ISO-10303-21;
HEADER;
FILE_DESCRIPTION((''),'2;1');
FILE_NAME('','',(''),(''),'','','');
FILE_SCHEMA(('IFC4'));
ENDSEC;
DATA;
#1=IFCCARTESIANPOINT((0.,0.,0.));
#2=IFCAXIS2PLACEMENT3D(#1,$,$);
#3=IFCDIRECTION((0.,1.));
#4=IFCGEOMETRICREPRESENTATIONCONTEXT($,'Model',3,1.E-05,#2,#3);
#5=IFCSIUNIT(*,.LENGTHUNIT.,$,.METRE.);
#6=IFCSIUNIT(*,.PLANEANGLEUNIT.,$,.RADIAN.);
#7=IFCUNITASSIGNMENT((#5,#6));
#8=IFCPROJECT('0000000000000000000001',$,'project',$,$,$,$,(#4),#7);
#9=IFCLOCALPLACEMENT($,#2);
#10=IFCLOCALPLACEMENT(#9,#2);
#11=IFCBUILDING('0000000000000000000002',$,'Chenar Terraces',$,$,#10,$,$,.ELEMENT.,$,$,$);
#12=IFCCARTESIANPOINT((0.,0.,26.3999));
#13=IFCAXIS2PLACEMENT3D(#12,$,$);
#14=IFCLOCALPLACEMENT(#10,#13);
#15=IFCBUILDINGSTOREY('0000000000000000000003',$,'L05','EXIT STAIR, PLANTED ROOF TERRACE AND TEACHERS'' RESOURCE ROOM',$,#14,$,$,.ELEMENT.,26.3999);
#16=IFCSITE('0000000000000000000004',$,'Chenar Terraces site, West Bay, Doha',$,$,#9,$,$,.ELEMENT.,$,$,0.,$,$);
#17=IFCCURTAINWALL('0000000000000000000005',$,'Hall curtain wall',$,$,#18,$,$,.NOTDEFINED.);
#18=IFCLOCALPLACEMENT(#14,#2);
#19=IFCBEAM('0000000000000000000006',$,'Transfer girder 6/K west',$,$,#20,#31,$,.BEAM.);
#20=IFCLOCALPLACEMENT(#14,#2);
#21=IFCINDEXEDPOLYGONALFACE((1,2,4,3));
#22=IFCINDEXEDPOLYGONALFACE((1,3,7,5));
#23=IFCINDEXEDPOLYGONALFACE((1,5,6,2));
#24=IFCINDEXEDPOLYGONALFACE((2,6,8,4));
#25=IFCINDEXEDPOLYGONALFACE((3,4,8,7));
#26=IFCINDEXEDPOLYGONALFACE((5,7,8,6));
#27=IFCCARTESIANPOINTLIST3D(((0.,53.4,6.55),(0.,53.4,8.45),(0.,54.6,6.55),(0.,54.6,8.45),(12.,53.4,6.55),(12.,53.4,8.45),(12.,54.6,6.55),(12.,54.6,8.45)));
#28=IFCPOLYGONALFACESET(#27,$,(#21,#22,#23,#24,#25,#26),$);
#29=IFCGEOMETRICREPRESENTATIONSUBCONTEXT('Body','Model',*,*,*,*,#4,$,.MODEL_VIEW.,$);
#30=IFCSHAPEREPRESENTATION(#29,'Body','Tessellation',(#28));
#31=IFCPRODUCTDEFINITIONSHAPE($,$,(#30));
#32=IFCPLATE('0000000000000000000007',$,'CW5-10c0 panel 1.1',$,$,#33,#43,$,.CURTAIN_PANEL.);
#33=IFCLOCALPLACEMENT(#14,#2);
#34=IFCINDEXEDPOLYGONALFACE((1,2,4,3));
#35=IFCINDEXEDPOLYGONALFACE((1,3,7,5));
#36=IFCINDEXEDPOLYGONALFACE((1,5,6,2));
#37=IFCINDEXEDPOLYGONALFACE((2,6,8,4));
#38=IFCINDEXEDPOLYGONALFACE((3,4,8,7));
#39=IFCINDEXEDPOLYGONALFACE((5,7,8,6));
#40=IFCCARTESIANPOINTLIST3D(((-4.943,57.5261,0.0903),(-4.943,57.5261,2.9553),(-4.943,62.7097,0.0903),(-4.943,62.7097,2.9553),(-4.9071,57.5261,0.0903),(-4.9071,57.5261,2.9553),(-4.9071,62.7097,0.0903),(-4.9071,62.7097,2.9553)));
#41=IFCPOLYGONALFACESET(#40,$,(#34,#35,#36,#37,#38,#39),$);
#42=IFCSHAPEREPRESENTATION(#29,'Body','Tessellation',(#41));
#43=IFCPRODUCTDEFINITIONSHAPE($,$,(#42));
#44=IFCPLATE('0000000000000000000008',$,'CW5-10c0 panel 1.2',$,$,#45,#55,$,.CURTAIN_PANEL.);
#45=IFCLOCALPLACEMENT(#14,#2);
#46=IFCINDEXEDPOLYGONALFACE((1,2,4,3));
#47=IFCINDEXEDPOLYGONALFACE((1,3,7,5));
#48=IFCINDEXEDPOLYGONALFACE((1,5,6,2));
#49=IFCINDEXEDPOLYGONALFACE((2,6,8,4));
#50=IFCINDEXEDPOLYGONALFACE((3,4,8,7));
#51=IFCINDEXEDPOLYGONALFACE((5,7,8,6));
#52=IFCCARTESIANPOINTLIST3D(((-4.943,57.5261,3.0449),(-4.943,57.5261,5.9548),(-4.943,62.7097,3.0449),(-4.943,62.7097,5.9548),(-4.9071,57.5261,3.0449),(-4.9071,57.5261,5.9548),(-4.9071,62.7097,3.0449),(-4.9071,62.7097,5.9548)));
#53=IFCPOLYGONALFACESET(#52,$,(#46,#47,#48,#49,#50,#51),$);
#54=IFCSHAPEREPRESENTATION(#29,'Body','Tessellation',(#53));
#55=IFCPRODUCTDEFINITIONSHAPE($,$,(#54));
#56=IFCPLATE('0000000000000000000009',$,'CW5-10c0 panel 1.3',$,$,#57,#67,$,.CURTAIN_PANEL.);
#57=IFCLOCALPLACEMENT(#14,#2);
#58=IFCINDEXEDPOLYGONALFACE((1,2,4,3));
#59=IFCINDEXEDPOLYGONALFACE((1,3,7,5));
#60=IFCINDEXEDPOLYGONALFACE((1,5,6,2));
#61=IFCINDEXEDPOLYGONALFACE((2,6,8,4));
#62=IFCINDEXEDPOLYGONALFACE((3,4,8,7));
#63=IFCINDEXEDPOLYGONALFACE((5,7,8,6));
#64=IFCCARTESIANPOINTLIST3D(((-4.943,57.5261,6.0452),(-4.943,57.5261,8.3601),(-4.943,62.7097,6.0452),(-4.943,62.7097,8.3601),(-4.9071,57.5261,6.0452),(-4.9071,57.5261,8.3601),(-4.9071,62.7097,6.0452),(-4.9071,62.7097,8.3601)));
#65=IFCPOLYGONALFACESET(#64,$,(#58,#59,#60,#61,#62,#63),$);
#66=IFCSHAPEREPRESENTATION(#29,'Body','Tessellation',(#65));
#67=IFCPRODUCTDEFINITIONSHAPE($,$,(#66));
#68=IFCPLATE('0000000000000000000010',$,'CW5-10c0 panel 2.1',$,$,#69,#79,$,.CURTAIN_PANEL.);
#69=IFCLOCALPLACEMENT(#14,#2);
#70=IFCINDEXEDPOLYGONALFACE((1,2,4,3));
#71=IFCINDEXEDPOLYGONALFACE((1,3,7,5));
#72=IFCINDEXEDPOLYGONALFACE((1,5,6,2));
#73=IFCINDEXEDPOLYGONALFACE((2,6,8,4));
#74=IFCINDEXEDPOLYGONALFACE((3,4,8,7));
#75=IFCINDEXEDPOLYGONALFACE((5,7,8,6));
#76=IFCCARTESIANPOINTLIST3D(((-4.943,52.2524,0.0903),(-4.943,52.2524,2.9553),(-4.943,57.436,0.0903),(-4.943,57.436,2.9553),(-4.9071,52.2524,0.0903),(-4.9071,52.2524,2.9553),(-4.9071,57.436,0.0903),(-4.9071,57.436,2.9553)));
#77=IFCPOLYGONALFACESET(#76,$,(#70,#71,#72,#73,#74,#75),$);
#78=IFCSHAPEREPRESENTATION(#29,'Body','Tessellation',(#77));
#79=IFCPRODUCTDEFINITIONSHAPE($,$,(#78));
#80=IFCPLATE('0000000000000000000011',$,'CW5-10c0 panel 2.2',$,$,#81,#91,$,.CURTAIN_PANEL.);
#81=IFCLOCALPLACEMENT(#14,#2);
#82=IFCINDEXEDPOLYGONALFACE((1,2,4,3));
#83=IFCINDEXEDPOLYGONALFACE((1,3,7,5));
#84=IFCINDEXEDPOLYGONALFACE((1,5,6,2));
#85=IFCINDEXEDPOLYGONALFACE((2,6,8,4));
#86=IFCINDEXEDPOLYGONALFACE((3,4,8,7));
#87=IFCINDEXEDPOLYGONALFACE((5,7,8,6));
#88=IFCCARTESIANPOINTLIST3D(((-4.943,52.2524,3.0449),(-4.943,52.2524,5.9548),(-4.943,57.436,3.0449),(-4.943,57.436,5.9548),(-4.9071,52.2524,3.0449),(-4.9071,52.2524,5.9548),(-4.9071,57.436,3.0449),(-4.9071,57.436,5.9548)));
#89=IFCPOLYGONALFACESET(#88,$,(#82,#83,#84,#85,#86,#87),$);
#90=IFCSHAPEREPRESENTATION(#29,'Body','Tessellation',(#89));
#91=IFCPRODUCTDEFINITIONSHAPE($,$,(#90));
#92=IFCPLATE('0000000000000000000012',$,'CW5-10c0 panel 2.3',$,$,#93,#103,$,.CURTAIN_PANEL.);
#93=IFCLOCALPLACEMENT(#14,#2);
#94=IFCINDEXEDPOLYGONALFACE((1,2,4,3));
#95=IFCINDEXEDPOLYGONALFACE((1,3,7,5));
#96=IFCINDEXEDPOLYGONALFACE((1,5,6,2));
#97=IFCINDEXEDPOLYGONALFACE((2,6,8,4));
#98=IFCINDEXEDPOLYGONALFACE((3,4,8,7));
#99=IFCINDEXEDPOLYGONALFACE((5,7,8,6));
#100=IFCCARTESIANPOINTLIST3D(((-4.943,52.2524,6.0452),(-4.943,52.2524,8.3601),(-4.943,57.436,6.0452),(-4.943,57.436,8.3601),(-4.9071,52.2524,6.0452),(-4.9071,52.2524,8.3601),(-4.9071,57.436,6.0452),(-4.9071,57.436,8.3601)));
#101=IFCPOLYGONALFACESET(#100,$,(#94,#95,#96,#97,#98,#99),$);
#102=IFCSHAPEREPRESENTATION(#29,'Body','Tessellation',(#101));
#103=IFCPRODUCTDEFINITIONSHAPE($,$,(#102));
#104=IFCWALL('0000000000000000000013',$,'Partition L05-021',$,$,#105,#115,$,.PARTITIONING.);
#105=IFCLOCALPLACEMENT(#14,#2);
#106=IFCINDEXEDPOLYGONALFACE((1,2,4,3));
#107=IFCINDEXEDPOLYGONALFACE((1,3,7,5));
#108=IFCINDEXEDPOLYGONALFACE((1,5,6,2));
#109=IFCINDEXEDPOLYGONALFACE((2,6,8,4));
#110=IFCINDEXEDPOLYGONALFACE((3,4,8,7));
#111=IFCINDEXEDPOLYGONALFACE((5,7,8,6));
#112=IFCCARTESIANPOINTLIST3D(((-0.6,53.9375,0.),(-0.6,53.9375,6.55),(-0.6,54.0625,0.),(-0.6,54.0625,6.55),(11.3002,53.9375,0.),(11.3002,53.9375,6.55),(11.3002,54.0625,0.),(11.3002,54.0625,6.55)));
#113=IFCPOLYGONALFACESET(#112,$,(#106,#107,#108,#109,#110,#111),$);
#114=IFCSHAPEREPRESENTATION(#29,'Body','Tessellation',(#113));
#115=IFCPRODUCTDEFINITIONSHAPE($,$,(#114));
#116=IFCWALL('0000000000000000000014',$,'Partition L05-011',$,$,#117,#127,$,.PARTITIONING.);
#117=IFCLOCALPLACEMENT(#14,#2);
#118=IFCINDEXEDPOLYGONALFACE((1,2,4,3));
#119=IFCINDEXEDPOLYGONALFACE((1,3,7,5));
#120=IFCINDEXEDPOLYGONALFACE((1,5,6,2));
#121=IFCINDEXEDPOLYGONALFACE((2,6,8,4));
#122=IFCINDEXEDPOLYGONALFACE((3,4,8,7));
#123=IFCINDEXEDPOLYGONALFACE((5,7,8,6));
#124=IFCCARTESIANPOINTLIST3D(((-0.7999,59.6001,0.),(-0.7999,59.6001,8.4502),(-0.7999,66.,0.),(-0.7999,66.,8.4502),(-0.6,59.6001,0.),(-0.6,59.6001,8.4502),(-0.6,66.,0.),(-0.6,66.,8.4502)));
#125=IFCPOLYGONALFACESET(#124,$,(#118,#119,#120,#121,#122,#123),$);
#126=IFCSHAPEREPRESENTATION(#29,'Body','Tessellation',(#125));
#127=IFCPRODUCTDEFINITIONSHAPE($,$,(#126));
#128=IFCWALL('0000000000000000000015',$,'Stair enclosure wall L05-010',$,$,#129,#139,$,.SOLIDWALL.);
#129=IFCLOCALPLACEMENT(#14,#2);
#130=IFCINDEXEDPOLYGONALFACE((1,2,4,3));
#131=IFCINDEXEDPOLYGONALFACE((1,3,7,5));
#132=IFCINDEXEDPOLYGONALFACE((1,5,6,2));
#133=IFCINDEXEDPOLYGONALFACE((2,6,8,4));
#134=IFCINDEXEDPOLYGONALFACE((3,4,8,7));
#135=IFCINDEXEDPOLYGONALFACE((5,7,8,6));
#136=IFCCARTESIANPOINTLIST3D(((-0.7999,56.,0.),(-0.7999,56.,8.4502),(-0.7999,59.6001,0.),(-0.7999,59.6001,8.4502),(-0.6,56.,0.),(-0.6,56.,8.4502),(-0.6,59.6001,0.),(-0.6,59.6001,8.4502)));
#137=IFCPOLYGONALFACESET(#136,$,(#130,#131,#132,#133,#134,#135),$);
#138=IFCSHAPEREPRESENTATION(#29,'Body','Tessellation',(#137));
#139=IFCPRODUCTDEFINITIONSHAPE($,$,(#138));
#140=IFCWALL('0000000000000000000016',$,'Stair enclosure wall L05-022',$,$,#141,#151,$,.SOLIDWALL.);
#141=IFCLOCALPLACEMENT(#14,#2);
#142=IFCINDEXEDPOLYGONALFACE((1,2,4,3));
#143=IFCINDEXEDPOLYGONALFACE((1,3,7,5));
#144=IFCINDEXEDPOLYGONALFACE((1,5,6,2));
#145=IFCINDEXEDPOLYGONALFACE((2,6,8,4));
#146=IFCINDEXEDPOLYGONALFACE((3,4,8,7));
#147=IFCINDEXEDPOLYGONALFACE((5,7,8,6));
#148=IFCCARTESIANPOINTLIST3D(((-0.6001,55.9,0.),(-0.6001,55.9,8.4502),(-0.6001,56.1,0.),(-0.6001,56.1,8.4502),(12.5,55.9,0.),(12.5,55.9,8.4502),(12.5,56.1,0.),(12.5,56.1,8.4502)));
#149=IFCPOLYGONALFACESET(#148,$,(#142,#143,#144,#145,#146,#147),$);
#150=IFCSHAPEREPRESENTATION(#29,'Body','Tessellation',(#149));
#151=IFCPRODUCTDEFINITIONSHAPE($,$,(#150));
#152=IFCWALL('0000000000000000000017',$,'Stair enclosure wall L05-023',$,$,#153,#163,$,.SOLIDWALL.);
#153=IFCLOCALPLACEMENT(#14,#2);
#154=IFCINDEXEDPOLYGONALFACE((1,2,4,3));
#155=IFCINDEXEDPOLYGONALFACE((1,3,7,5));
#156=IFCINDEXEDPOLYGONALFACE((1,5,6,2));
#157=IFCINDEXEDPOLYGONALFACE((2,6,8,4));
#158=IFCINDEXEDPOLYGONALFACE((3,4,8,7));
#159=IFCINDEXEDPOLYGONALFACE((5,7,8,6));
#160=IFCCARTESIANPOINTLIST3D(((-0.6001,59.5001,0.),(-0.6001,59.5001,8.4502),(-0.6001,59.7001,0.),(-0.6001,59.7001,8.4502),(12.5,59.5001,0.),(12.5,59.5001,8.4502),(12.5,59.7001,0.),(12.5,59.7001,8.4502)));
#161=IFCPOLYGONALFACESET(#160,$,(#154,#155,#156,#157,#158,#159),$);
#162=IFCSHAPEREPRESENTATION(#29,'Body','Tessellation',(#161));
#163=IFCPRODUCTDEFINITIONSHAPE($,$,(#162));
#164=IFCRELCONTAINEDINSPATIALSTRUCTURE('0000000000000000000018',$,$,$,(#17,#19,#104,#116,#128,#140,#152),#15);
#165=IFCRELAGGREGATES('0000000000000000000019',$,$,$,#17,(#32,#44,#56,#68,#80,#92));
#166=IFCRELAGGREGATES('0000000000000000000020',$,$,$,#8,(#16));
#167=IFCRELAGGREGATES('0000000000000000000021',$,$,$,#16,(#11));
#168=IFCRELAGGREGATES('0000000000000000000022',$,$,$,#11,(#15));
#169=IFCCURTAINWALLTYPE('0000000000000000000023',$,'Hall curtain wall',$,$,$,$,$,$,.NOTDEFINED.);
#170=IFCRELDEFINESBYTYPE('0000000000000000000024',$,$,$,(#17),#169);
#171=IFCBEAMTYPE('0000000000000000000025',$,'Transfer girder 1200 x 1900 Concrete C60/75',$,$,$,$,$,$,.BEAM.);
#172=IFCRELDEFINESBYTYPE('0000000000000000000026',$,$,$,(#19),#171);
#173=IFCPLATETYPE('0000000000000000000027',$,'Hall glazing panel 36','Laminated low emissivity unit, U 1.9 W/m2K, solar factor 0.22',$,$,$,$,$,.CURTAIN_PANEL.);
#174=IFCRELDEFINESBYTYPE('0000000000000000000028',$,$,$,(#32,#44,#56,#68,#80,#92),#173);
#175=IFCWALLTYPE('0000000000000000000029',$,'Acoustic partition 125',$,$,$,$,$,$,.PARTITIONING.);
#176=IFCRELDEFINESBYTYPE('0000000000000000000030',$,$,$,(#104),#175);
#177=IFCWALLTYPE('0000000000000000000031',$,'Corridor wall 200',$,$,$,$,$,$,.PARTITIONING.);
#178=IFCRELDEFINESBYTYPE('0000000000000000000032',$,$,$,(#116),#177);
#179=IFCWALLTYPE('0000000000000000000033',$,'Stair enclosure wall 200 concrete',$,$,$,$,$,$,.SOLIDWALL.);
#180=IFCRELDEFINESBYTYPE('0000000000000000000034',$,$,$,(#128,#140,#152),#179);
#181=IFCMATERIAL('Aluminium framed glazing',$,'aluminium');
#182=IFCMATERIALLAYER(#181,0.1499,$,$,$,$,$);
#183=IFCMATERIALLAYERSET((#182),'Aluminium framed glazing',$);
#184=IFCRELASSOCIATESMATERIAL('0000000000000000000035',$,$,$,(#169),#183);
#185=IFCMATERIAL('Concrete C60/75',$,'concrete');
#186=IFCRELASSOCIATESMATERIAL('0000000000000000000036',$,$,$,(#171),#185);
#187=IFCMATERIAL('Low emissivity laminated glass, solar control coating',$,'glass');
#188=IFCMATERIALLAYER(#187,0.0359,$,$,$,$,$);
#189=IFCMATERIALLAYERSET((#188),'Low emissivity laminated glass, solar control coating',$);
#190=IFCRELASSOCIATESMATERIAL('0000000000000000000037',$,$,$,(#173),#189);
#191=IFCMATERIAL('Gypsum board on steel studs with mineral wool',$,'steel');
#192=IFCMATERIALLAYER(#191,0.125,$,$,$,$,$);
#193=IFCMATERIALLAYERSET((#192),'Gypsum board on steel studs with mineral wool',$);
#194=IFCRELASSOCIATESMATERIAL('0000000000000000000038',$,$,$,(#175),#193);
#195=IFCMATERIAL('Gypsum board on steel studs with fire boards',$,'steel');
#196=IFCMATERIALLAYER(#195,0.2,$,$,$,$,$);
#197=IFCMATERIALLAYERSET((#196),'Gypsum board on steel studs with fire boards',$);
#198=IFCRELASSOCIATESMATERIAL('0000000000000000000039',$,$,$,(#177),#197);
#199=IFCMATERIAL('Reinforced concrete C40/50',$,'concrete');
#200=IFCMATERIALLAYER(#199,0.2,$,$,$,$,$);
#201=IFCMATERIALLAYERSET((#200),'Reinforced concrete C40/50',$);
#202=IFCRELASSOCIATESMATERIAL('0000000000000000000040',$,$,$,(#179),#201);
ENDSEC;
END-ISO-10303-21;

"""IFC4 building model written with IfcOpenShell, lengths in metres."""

from ifc_helpers import new_model, si_unit, direction, frame, frame_2d, origin, origin_2d, place, context, subcontext, project, spatial, rectangle, extrude, material, layer, layer_set, material_profile, profile_set, type_object, element, aggregate, save


model = new_model("IFC4")

# Units and contexts
model_context = context("Model", 3, precision=1e-05, world=origin(), true_north=direction((0.0, 1.0)))
body_context = subcontext(model_context, "Body", "Model", "MODEL_VIEW")
ifc_project = project(units=[si_unit("LENGTHUNIT", "METRE"), si_unit("PLANEANGLEUNIT", "RADIAN")], contexts=[model_context])

# Site, building, storey
site_placement = place(None, origin())
site = spatial("IfcSite", under=ifc_project, at=site_placement, Name="Chenar Terraces site, West Bay, Doha", CompositionType="ELEMENT", RefElevation=0.0)
building_placement = place(site_placement, origin())
building = spatial("IfcBuilding", under=site, at=building_placement, Name="Chenar Terraces", CompositionType="ELEMENT")
storey_placement = place(building_placement, frame((0.0, 0.0, 26.3999)))
storey = spatial("IfcBuildingStorey", under=building, at=storey_placement, Name="L05", Description="EXIT STAIR, PLANTED ROOF TERRACE AND TEACHERS' RESOURCE ROOM", CompositionType="ELEMENT", Elevation=26.3999)

# Curtain wall
ifc_material_1 = material(Name="Aluminium framed glazing", Category="aluminium")
ifc_layer_1 = layer(ifc_material_1, 0.1499)
ifc_layer_set_1 = layer_set([ifc_layer_1], Name="Aluminium framed glazing")
curtain_wall_type = type_object("IfcCurtainWallType", Name="Hall curtain wall", PredefinedType="NOTDEFINED", material=ifc_layer_set_1)
curtain_wall_placement = place(storey_placement, origin())
curtain_wall = element("IfcCurtainWall", 1, at=curtain_wall_placement, inside=storey, type_object=curtain_wall_type, Name="Hall curtain wall", PredefinedType="NOTDEFINED")

# Beam
ifc_material_2 = material(Name="Concrete C60/75", Category="concrete")
ifc_material_profile_1 = material_profile(ifc_material_2, rectangle(XDim=1.2, YDim=1.8999, at=origin_2d()), Name="RC 1200 x 1900")
ifc_profile_set_1 = profile_set([ifc_material_profile_1], Name="Concrete C60/75")
beam_type_1 = type_object("IfcBeamType", Name="Transfer girder 1200 x 1900 Concrete C60/75", PredefinedType="BEAM", material=ifc_profile_set_1)
beam_1_placement = place(storey_placement, frame((0.0, 54.0, 8.45), z_axis=(1.0, 0.0, 0.0), x_axis=(0.0, 1.0, 0.0)))
element("IfcBeam", 2, at=beam_1_placement, inside=storey, type_object=beam_type_1, Name="Transfer girder 6/K west", PredefinedType="BEAM", context=body_context, shape_type="SweptSolid", body=[
    extrude(rectangle(XDim=1.2, YDim=1.8999, at=frame_2d((0.0, -0.95))), origin(), (0.0, 0.0, 1.0), 12.0),
])

# Plates
ifc_material_3 = material(Name="Low emissivity laminated glass, solar control coating", Category="glass")
ifc_layer_2 = layer(ifc_material_3, 0.0359)
ifc_layer_set_2 = layer_set([ifc_layer_2], Name="Low emissivity laminated glass, solar control coating")
plate_type = type_object("IfcPlateType", Name="Hall glazing panel 36", Description="Laminated low emissivity unit, U 1.9 W/m2K, solar factor 0.22", PredefinedType="CURTAIN_PANEL", material=ifc_layer_set_2)
plate_1_placement = place(storey_placement, frame((-4.925, 60.1179, 0.0903), z_axis=(0.0, 0.0, 1.0), x_axis=(0.0, -1.0, 0.0)))
plate_1 = element("IfcPlate", 3, at=plate_1_placement, type_object=plate_type, Name="CW5-10c0 panel 1.1", PredefinedType="CURTAIN_PANEL", context=body_context, shape_type="SweptSolid", body=[
    extrude(rectangle(XDim=5.1836, YDim=0.0359, at=origin_2d()), origin(), (0.0, 0.0, 1.0), 2.865),
])
plate_2_placement = place(storey_placement, frame((-4.925, 60.1179, 3.0449), z_axis=(0.0, 0.0, 1.0), x_axis=(0.0, -1.0, 0.0)))
plate_2 = element("IfcPlate", 4, at=plate_2_placement, type_object=plate_type, Name="CW5-10c0 panel 1.2", PredefinedType="CURTAIN_PANEL", context=body_context, shape_type="SweptSolid", body=[
    extrude(rectangle(XDim=5.1836, YDim=0.0359, at=origin_2d()), origin(), (0.0, 0.0, 1.0), 2.9099),
])
plate_3_placement = place(storey_placement, frame((-4.925, 60.1179, 6.0452), z_axis=(0.0, 0.0, 1.0), x_axis=(0.0, -1.0, 0.0)))
plate_3 = element("IfcPlate", 5, at=plate_3_placement, type_object=plate_type, Name="CW5-10c0 panel 1.3", PredefinedType="CURTAIN_PANEL", context=body_context, shape_type="SweptSolid", body=[
    extrude(rectangle(XDim=5.1836, YDim=0.0359, at=origin_2d()), origin(), (0.0, 0.0, 1.0), 2.3149),
])
plate_4_placement = place(storey_placement, frame((-4.925, 54.8442, 0.0903), z_axis=(0.0, 0.0, 1.0), x_axis=(0.0, -1.0, 0.0)))
plate_4 = element("IfcPlate", 6, at=plate_4_placement, type_object=plate_type, Name="CW5-10c0 panel 2.1", PredefinedType="CURTAIN_PANEL", context=body_context, shape_type="SweptSolid", body=[
    extrude(rectangle(XDim=5.1836, YDim=0.0359, at=origin_2d()), origin(), (0.0, 0.0, 1.0), 2.865),
])
plate_5_placement = place(storey_placement, frame((-4.925, 54.8442, 3.0449), z_axis=(0.0, 0.0, 1.0), x_axis=(0.0, -1.0, 0.0)))
plate_5 = element("IfcPlate", 7, at=plate_5_placement, type_object=plate_type, Name="CW5-10c0 panel 2.2", PredefinedType="CURTAIN_PANEL", context=body_context, shape_type="SweptSolid", body=[
    extrude(rectangle(XDim=5.1836, YDim=0.0359, at=origin_2d()), origin(), (0.0, 0.0, 1.0), 2.9099),
])
plate_6_placement = place(storey_placement, frame((-4.925, 54.8442, 6.0452), z_axis=(0.0, 0.0, 1.0), x_axis=(0.0, -1.0, 0.0)))
plate_6 = element("IfcPlate", 8, at=plate_6_placement, type_object=plate_type, Name="CW5-10c0 panel 2.3", PredefinedType="CURTAIN_PANEL", context=body_context, shape_type="SweptSolid", body=[
    extrude(rectangle(XDim=5.1836, YDim=0.0359, at=origin_2d()), origin(), (0.0, 0.0, 1.0), 2.3149),
])
aggregate(curtain_wall, [plate_1, plate_2, plate_3, plate_4, plate_5, plate_6])

# Walls
ifc_material_4 = material(Name="Gypsum board on steel studs with mineral wool", Category="steel")
ifc_layer_3 = layer(ifc_material_4, 0.125)
ifc_layer_set_3 = layer_set([ifc_layer_3], Name="Gypsum board on steel studs with mineral wool")
wall_type_1 = type_object("IfcWallType", Name="Acoustic partition 125", PredefinedType="PARTITIONING", material=ifc_layer_set_3)
wall_1_placement = place(storey_placement, frame((-0.6001, 54.0, 0.0), z_axis=(0.0, 0.0, 1.0), x_axis=(1.0, 0.0, 0.0)))
element("IfcWall", 9, at=wall_1_placement, inside=storey, type_object=wall_type_1, Name="Partition L05-021", PredefinedType="PARTITIONING", context=body_context, shape_type="SweptSolid", body=[
    extrude(rectangle(XDim=11.9001, YDim=0.125, at=frame_2d((5.9502, 0.0))), origin(), (0.0, 0.0, 1.0), 6.55),
])
ifc_material_5 = material(Name="Gypsum board on steel studs with fire boards", Category="steel")
ifc_layer_4 = layer(ifc_material_5, 0.2)
ifc_layer_set_4 = layer_set([ifc_layer_4], Name="Gypsum board on steel studs with fire boards")
wall_type_2 = type_object("IfcWallType", Name="Corridor wall 200", PredefinedType="PARTITIONING", material=ifc_layer_set_4)
wall_2_placement = place(storey_placement, frame((-0.7, 59.6001, 0.0), z_axis=(0.0, 0.0, 1.0), x_axis=(0.0, 1.0, 0.0)))
element("IfcWall", 10, at=wall_2_placement, inside=storey, type_object=wall_type_2, Name="Partition L05-011", PredefinedType="PARTITIONING", context=body_context, shape_type="SweptSolid", body=[
    extrude(rectangle(XDim=6.3999, YDim=0.2, at=frame_2d((3.2, 0.0))), origin(), (0.0, 0.0, 1.0), 8.4502),
])
ifc_material_6 = material(Name="Reinforced concrete C40/50", Category="concrete")
ifc_layer_5 = layer(ifc_material_6, 0.2)
ifc_layer_set_5 = layer_set([ifc_layer_5], Name="Reinforced concrete C40/50")
wall_type_3 = type_object("IfcWallType", Name="Stair enclosure wall 200 concrete", PredefinedType="SOLIDWALL", material=ifc_layer_set_5)
wall_3_placement = place(storey_placement, frame((-0.7, 56.0, 0.0), z_axis=(0.0, 0.0, 1.0), x_axis=(0.0, 1.0, 0.0)))
element("IfcWall", 11, at=wall_3_placement, inside=storey, type_object=wall_type_3, Name="Stair enclosure wall L05-010", PredefinedType="SOLIDWALL", context=body_context, shape_type="SweptSolid", body=[
    extrude(rectangle(XDim=3.6001, YDim=0.2, at=frame_2d((1.8, 0.0))), origin(), (0.0, 0.0, 1.0), 8.4502),
])
for number, where, z_axis, x_axis, name in (
    (12, (-0.6001, 56.0, 0.0), (0.0, 0.0, 1.0), (1.0, 0.0, 0.0), "Stair enclosure wall L05-022"),
    (13, (-0.6001, 59.6001, 0.0), (0.0, 0.0, 1.0), (1.0, 0.0, 0.0), "Stair enclosure wall L05-023"),
):
    element("IfcWall", number, at=place(storey_placement, frame(where, z_axis=z_axis, x_axis=x_axis)), inside=storey, type_object=wall_type_3, Name=name, PredefinedType="SOLIDWALL", context=body_context, shape_type="SweptSolid", body=[
        extrude(rectangle(XDim=13.1001, YDim=0.2, at=frame_2d((6.55, 0.0))), origin(), (0.0, 0.0, 1.0), 8.4502),
    ])

save(model, "model.ifc")
